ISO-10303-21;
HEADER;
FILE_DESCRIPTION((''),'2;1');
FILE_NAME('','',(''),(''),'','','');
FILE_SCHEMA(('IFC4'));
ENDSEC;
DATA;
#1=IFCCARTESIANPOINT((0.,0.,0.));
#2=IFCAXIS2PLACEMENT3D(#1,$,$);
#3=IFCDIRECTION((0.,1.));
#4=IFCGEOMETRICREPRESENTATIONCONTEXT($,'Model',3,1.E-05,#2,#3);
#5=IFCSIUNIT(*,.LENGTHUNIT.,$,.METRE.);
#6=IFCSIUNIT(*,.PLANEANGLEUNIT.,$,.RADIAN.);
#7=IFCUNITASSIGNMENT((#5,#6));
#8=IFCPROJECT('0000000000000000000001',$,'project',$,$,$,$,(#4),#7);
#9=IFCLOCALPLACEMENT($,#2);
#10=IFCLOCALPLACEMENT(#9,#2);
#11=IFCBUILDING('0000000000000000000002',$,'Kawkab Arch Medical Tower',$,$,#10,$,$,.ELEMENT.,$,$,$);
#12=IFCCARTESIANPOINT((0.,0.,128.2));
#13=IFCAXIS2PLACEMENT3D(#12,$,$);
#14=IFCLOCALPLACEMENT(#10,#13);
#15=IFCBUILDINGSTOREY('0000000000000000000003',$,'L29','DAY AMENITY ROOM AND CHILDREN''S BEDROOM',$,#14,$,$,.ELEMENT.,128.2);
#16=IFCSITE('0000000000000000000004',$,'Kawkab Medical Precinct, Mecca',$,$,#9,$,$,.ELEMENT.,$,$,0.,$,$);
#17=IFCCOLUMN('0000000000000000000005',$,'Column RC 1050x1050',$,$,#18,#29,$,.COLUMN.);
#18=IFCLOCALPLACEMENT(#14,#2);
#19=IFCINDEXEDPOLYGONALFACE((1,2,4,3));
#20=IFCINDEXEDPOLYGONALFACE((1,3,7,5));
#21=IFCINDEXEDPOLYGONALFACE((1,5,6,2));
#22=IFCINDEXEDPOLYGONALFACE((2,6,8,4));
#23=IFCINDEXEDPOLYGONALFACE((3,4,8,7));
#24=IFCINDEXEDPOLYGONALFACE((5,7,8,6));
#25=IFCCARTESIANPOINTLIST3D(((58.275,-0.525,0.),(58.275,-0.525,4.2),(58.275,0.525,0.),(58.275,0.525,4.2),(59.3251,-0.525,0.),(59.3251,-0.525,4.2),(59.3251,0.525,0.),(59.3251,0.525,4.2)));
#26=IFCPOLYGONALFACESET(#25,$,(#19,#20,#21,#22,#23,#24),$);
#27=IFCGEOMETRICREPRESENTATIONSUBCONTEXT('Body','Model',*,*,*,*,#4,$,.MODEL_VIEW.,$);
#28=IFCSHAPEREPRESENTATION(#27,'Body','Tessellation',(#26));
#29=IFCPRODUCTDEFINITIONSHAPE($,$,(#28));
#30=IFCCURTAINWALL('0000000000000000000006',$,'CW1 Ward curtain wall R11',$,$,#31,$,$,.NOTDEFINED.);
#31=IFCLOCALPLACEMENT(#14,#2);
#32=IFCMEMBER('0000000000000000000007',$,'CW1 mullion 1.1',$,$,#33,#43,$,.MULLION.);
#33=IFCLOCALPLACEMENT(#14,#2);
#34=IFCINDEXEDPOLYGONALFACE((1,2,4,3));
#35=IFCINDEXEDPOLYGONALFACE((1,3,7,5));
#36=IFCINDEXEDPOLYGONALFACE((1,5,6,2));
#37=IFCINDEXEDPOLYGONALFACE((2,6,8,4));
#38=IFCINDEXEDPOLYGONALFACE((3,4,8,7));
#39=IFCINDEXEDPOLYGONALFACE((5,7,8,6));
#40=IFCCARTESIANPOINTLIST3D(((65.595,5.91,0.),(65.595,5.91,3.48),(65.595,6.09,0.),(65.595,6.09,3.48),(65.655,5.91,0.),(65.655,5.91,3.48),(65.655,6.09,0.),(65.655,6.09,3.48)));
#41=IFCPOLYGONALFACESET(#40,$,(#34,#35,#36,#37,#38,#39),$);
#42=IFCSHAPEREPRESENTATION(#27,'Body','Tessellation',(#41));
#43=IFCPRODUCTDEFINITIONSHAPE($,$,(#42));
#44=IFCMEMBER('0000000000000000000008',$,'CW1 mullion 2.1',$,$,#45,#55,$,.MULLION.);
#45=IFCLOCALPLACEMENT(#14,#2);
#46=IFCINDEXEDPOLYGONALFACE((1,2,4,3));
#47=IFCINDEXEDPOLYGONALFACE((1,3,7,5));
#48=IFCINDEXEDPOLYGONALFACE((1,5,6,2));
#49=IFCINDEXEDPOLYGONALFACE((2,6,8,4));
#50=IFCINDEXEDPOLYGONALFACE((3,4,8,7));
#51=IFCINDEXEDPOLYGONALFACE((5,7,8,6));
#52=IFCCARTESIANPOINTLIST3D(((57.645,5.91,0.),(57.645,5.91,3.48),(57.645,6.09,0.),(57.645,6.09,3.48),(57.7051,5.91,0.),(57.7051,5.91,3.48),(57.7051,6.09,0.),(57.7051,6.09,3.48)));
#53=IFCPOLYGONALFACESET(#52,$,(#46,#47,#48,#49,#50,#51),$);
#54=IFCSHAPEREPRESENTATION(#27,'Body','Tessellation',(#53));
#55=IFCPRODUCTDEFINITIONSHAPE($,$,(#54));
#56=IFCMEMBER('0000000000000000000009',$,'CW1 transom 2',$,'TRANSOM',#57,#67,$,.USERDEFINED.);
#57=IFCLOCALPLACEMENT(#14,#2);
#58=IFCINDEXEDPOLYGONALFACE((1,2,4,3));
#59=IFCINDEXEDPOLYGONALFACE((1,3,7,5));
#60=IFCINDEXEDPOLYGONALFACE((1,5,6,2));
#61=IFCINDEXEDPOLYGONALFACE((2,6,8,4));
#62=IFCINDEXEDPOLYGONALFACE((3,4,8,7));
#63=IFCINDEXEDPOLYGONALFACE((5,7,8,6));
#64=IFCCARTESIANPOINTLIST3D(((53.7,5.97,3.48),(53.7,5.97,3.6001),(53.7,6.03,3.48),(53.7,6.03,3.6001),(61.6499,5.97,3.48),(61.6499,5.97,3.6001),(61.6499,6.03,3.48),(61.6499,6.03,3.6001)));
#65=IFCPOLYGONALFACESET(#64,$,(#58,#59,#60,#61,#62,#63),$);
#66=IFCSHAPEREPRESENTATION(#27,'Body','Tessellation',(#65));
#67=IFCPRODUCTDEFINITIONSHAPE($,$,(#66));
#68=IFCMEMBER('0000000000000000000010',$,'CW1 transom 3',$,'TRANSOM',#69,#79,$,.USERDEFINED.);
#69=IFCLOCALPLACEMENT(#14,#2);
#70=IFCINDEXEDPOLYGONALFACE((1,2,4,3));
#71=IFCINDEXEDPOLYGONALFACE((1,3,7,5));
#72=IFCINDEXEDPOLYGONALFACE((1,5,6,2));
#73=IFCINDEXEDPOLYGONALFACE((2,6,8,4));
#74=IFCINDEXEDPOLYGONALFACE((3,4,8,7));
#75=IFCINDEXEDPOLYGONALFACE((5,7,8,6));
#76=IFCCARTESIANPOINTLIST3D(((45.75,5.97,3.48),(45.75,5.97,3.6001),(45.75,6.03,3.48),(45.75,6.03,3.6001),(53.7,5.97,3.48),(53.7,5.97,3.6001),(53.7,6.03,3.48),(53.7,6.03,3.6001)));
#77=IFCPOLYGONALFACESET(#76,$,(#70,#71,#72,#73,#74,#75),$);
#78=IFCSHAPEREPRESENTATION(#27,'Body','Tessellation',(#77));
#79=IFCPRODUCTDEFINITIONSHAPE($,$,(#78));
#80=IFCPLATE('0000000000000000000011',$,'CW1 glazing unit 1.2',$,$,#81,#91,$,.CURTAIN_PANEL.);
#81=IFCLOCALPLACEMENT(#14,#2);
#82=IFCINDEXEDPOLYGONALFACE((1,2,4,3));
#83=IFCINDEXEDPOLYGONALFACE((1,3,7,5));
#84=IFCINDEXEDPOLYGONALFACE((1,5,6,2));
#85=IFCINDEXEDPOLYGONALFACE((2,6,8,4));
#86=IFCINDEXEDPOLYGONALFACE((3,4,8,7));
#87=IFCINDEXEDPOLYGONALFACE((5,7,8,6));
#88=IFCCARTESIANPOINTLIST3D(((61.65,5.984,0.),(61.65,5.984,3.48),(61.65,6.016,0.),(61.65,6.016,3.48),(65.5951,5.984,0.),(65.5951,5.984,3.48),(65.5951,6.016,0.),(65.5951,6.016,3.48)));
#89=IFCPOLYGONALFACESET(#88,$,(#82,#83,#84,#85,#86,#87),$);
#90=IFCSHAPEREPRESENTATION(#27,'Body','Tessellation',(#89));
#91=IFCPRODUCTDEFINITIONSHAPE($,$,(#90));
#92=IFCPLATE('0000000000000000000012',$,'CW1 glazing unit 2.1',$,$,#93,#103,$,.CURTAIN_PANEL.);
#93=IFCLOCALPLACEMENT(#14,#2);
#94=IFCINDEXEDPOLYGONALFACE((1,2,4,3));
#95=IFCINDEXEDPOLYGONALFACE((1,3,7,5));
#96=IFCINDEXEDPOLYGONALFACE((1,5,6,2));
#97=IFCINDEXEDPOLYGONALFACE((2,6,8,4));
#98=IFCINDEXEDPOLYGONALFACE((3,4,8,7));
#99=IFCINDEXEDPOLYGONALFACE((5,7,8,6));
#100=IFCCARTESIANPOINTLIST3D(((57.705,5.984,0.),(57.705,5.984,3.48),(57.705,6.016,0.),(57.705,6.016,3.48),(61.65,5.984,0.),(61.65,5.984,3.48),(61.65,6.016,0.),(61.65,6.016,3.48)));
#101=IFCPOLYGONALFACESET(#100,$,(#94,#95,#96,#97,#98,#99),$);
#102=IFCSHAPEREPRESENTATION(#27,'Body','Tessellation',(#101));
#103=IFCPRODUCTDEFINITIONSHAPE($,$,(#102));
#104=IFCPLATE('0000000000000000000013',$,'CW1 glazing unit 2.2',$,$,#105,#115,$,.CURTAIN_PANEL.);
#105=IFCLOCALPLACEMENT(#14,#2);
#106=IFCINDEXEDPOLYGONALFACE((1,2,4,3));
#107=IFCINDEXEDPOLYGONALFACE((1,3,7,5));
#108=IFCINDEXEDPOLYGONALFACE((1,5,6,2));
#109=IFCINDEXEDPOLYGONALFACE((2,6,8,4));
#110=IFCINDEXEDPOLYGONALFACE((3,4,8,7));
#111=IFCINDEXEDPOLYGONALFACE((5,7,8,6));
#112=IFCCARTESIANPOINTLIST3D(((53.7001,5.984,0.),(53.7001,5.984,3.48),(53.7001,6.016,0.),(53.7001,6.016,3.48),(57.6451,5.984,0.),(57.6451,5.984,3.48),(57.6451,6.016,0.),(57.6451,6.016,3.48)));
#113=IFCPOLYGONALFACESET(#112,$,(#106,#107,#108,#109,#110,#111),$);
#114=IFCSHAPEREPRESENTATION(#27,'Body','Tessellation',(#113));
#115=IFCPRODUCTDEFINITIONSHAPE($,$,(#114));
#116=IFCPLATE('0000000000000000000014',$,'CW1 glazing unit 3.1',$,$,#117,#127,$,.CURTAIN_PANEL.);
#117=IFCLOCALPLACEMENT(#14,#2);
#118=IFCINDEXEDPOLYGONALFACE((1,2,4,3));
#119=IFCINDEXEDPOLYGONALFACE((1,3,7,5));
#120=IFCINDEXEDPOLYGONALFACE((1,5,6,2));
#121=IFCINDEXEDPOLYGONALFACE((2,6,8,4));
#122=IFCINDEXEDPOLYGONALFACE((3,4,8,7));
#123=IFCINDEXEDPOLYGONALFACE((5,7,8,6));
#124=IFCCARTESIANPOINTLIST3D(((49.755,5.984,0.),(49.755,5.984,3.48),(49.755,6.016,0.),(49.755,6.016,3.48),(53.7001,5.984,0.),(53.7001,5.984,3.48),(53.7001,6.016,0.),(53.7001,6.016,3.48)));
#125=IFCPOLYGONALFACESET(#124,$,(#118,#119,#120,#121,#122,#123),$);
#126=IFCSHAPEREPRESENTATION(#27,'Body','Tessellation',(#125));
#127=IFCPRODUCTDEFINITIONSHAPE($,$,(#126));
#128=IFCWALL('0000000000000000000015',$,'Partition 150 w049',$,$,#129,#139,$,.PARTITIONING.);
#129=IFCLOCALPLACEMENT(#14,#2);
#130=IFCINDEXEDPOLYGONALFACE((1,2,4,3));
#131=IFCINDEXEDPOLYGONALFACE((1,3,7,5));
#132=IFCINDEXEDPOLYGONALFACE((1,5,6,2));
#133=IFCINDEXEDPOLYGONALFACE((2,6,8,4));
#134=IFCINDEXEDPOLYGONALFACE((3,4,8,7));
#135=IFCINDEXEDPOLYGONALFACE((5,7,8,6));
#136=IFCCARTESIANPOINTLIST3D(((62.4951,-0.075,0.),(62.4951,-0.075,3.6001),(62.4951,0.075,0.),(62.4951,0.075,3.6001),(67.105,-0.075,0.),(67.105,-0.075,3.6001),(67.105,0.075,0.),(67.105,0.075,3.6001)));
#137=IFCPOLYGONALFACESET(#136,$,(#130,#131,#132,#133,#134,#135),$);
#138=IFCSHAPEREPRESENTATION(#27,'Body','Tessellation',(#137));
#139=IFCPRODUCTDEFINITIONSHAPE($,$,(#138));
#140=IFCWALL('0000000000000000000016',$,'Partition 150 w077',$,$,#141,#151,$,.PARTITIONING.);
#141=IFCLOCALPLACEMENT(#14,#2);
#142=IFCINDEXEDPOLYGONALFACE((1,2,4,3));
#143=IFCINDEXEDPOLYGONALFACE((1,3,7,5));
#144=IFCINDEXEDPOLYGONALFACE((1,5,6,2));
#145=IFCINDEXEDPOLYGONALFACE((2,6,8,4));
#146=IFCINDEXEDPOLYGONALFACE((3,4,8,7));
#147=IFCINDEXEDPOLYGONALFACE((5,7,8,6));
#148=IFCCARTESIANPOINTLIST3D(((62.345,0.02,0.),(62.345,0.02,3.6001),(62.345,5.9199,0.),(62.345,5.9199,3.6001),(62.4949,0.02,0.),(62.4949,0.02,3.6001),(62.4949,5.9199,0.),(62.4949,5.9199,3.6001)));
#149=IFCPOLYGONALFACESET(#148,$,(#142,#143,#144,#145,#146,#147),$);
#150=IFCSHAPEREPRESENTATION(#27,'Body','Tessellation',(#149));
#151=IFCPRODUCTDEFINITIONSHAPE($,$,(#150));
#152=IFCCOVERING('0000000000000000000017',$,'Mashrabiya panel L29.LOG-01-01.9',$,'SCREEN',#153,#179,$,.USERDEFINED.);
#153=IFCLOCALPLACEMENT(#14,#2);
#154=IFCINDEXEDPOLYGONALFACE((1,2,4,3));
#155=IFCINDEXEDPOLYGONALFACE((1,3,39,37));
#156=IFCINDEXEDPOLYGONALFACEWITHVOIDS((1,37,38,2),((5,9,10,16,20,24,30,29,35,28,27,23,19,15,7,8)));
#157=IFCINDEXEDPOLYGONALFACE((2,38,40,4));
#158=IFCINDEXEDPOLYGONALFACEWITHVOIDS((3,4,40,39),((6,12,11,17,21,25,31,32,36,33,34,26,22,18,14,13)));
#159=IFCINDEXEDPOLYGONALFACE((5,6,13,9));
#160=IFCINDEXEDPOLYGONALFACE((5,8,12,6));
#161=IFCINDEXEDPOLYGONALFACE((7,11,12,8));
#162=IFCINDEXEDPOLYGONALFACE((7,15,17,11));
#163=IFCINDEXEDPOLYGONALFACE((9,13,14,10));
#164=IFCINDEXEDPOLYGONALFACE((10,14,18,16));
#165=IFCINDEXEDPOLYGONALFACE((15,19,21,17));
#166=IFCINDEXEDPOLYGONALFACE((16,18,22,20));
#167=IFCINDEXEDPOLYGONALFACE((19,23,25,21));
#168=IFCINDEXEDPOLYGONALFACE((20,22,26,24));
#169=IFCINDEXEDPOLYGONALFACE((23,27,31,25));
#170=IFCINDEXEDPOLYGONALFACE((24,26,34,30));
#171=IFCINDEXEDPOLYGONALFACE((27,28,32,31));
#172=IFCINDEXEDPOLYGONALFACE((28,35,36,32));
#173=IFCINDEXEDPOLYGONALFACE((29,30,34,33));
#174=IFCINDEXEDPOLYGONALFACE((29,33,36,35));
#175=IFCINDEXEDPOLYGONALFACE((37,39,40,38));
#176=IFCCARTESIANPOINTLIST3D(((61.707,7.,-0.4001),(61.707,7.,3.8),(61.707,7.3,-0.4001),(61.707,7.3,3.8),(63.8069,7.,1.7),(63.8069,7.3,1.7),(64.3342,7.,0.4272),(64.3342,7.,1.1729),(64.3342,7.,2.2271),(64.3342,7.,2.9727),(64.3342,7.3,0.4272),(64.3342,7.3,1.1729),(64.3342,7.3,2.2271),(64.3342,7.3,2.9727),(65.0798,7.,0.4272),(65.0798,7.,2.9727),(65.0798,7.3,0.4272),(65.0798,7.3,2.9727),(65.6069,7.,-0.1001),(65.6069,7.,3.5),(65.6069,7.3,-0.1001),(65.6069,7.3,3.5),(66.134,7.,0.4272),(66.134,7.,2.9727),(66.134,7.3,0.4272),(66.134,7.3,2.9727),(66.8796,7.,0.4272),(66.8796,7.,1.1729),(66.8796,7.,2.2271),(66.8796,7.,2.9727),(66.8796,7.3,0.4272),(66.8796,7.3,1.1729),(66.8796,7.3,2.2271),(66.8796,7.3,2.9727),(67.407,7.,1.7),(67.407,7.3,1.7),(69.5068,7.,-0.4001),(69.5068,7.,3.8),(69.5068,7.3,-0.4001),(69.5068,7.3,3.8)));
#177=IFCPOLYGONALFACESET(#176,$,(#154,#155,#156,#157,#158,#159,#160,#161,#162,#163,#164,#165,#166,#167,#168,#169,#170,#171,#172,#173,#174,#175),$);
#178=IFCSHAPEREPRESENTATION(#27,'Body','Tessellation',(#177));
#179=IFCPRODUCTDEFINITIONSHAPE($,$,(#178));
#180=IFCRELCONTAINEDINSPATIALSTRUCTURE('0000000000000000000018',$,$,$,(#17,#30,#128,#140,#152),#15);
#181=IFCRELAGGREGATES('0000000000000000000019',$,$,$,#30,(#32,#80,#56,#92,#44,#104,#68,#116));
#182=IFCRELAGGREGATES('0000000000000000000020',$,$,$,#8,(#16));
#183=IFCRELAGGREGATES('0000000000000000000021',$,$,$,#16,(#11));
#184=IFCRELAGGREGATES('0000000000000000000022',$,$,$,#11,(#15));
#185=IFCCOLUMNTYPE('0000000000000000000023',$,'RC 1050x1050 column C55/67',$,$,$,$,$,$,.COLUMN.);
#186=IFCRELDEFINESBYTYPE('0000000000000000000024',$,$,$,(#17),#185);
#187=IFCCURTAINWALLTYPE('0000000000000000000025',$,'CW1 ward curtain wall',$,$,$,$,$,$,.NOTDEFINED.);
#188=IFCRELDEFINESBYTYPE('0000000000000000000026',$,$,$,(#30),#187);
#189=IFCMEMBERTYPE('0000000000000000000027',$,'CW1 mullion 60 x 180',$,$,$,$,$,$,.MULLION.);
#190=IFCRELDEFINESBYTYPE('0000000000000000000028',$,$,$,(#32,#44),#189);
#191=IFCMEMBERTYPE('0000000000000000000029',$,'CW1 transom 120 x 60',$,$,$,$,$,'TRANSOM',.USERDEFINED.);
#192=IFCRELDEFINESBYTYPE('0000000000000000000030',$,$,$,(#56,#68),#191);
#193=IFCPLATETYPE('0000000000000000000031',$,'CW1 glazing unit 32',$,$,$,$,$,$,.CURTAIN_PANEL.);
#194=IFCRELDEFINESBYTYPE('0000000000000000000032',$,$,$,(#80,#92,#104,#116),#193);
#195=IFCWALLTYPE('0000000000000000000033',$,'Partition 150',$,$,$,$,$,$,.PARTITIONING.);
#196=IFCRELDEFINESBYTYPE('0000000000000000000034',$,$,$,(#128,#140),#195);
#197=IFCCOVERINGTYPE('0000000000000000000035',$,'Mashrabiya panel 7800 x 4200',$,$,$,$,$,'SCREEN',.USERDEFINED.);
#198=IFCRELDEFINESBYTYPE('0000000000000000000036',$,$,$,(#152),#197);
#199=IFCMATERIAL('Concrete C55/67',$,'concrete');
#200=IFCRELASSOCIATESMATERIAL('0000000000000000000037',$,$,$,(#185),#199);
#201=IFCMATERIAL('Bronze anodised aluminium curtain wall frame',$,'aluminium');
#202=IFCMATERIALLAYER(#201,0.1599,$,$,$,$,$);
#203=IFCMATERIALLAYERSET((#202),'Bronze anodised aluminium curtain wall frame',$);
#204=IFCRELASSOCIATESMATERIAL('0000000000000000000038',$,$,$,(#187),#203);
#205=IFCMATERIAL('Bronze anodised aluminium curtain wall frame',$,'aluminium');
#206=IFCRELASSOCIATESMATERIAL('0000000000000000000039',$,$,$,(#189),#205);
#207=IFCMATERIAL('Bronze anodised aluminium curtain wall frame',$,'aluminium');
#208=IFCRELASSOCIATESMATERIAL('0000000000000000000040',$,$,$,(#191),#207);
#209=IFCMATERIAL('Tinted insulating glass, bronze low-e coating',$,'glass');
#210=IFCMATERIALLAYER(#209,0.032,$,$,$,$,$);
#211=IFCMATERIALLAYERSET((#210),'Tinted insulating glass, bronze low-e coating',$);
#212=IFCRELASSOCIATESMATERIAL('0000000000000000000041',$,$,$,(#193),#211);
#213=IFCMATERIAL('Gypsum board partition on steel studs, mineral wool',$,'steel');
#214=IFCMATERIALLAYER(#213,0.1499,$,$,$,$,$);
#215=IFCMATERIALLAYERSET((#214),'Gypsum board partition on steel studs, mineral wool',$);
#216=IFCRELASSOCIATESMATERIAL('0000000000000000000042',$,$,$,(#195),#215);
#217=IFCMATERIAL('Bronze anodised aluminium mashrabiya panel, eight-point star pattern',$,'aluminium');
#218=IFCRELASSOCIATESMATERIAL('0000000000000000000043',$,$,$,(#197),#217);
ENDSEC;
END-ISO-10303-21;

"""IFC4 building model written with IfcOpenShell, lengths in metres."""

from ifc_helpers import new_model, si_unit, direction, frame, frame_2d, origin, origin_2d, place, context, subcontext, project, spatial, polyline, rectangle, outline, extrude, material, layer, layer_set, material_profile, profile_set, type_object, element, aggregate, save


model = new_model("IFC4")

# Units and contexts
model_context = context("Model", 3, precision=1e-05, world=origin(), true_north=direction((0.0, 1.0)))
body_context = subcontext(model_context, "Body", "Model", "MODEL_VIEW")
ifc_project = project(units=[si_unit("LENGTHUNIT", "METRE"), si_unit("PLANEANGLEUNIT", "RADIAN")], contexts=[model_context])

# Site, building, storey
site_placement = place(None, origin())
site = spatial("IfcSite", under=ifc_project, at=site_placement, Name="Kawkab Medical Precinct, Mecca", CompositionType="ELEMENT", RefElevation=0.0)
building_placement = place(site_placement, origin())
building = spatial("IfcBuilding", under=site, at=building_placement, Name="Kawkab Arch Medical Tower", CompositionType="ELEMENT")
storey_placement = place(building_placement, frame((0.0, 0.0, 128.2)))
storey = spatial("IfcBuildingStorey", under=building, at=storey_placement, Name="L29", Description="DAY AMENITY ROOM AND CHILDREN'S BEDROOM", CompositionType="ELEMENT", Elevation=128.2)

# Column
ifc_material_1 = material(Name="Concrete C55/67", Category="concrete")
ifc_material_profile_1 = material_profile(ifc_material_1, rectangle(XDim=1.05, YDim=1.05, at=origin_2d()), Name="RC 1050x1050")
ifc_profile_set_1 = profile_set([ifc_material_profile_1], Name="Concrete C55/67")
column_type = type_object("IfcColumnType", Name="RC 1050x1050 column C55/67", PredefinedType="COLUMN", material=ifc_profile_set_1)
column_placement = place(storey_placement, frame((58.8, 0.0, 0.0), z_axis=(0.0, 0.0, 1.0), x_axis=(1.0, 0.0, 0.0)))
element("IfcColumn", 1, at=column_placement, inside=storey, type_object=column_type, Name="Column RC 1050x1050", PredefinedType="COLUMN", context=body_context, shape_type="SweptSolid", body=[
    extrude(rectangle(XDim=1.05, YDim=1.05, at=origin_2d()), origin(), (0.0, 0.0, 1.0), 4.2),
])

# Curtain wall, members, plates
ifc_material_2 = material(Name="Bronze anodised aluminium curtain wall frame", Category="aluminium")
ifc_layer_1 = layer(ifc_material_2, 0.1599)
ifc_layer_set_1 = layer_set([ifc_layer_1], Name="Bronze anodised aluminium curtain wall frame")
curtain_wall_type = type_object("IfcCurtainWallType", Name="CW1 ward curtain wall", PredefinedType="NOTDEFINED", material=ifc_layer_set_1)
curtain_wall_placement = place(storey_placement, origin())
curtain_wall = element("IfcCurtainWall", 2, at=curtain_wall_placement, inside=storey, type_object=curtain_wall_type, Name="CW1 Ward curtain wall R11", PredefinedType="NOTDEFINED")
ifc_material_3 = material(Name="Bronze anodised aluminium curtain wall frame", Category="aluminium")
ifc_material_profile_2 = material_profile(ifc_material_3, rectangle(XDim=0.1799, YDim=0.0601, at=origin_2d()), Name="AL 60x180")
ifc_profile_set_2 = profile_set([ifc_material_profile_2], Name="Bronze anodised aluminium curtain wall frame")
member_type_1 = type_object("IfcMemberType", Name="CW1 mullion 60 x 180", PredefinedType="MULLION", material=ifc_profile_set_2)
member_1_placement = place(storey_placement, frame((65.625, 6.0, 0.0), z_axis=(0.0, 0.0, 1.0), x_axis=(0.0, -1.0, 0.0)))
member_1 = element("IfcMember", 3, at=member_1_placement, type_object=member_type_1, Name="CW1 mullion 1.1", PredefinedType="MULLION", context=body_context, shape_type="SweptSolid", body=[
    extrude(rectangle(XDim=0.1799, YDim=0.0601, at=origin_2d()), origin(), (0.0, 0.0, 1.0), 3.48),
])
member_2_placement = place(storey_placement, frame((57.675, 6.0, 0.0), z_axis=(0.0, 0.0, 1.0), x_axis=(0.0, -1.0, 0.0)))
member_2 = element("IfcMember", 4, at=member_2_placement, type_object=member_type_1, Name="CW1 mullion 2.1", PredefinedType="MULLION", context=body_context, shape_type="SweptSolid", body=[
    extrude(rectangle(XDim=0.1799, YDim=0.0601, at=origin_2d()), origin(), (0.0, 0.0, 1.0), 3.48),
])
ifc_material_4 = material(Name="Bronze anodised aluminium curtain wall frame", Category="aluminium")
ifc_material_profile_3 = material_profile(ifc_material_4, rectangle(XDim=0.0601, YDim=0.1201, at=origin_2d()), Name="AL 60x120")
ifc_profile_set_3 = profile_set([ifc_material_profile_3], Name="Bronze anodised aluminium curtain wall frame")
member_type_2 = type_object("IfcMemberType", Name="CW1 transom 120 x 60", ElementType="TRANSOM", PredefinedType="USERDEFINED", material=ifc_profile_set_3)
member_3_placement = place(storey_placement, frame((61.6499, 6.0, 3.54), z_axis=(-1.0, 0.0, 0.0), x_axis=(0.0, -1.0, 0.0)))
member_3 = element("IfcMember", 5, at=member_3_placement, type_object=member_type_2, Name="CW1 transom 2", ObjectType="TRANSOM", PredefinedType="USERDEFINED", context=body_context, shape_type="SweptSolid", body=[
    extrude(rectangle(XDim=0.0601, YDim=0.1201, at=origin_2d()), origin(), (0.0, 0.0, 1.0), 7.95),
])
member_4_placement = place(storey_placement, frame((53.7, 6.0, 3.54), z_axis=(-1.0, 0.0, 0.0), x_axis=(0.0, -1.0, 0.0)))
member_4 = element("IfcMember", 6, at=member_4_placement, type_object=member_type_2, Name="CW1 transom 3", ObjectType="TRANSOM", PredefinedType="USERDEFINED", context=body_context, shape_type="SweptSolid", body=[
    extrude(rectangle(XDim=0.0601, YDim=0.1201, at=origin_2d()), origin(), (0.0, 0.0, 1.0), 7.95),
])
ifc_material_5 = material(Name="Tinted insulating glass, bronze low-e coating", Category="glass")
ifc_layer_2 = layer(ifc_material_5, 0.032)
ifc_layer_set_2 = layer_set([ifc_layer_2], Name="Tinted insulating glass, bronze low-e coating")
plate_type = type_object("IfcPlateType", Name="CW1 glazing unit 32", PredefinedType="CURTAIN_PANEL", material=ifc_layer_set_2)
plate_1_placement = place(storey_placement, frame((63.6226, 6.0, 0.0), z_axis=(0.0, 0.0, 1.0), x_axis=(-1.0, 0.0, 0.0)))
plate_1 = element("IfcPlate", 7, at=plate_1_placement, type_object=plate_type, Name="CW1 glazing unit 1.2", PredefinedType="CURTAIN_PANEL", context=body_context, shape_type="SweptSolid", body=[
    extrude(rectangle(XDim=3.9451, YDim=0.032, at=origin_2d()), origin(), (0.0, 0.0, 1.0), 3.48),
])
plate_2_placement = place(storey_placement, frame((59.6775, 6.0, 0.0), z_axis=(0.0, 0.0, 1.0), x_axis=(-1.0, 0.0, 0.0)))
plate_2 = element("IfcPlate", 8, at=plate_2_placement, type_object=plate_type, Name="CW1 glazing unit 2.1", PredefinedType="CURTAIN_PANEL", context=body_context, shape_type="SweptSolid", body=[
    extrude(rectangle(XDim=3.9451, YDim=0.032, at=origin_2d()), origin(), (0.0, 0.0, 1.0), 3.48),
])
plate_3_placement = place(storey_placement, frame((55.6726, 6.0, 0.0), z_axis=(0.0, 0.0, 1.0), x_axis=(-1.0, 0.0, 0.0)))
plate_3 = element("IfcPlate", 9, at=plate_3_placement, type_object=plate_type, Name="CW1 glazing unit 2.2", PredefinedType="CURTAIN_PANEL", context=body_context, shape_type="SweptSolid", body=[
    extrude(rectangle(XDim=3.9451, YDim=0.032, at=origin_2d()), origin(), (0.0, 0.0, 1.0), 3.48),
])
plate_4_placement = place(storey_placement, frame((51.7275, 6.0, 0.0), z_axis=(0.0, 0.0, 1.0), x_axis=(-1.0, 0.0, 0.0)))
plate_4 = element("IfcPlate", 10, at=plate_4_placement, type_object=plate_type, Name="CW1 glazing unit 3.1", PredefinedType="CURTAIN_PANEL", context=body_context, shape_type="SweptSolid", body=[
    extrude(rectangle(XDim=3.9451, YDim=0.032, at=origin_2d()), origin(), (0.0, 0.0, 1.0), 3.48),
])
aggregate(curtain_wall, [member_1, plate_1, member_3, plate_2, member_2, plate_3, member_4, plate_4])

# Walls
ifc_material_6 = material(Name="Gypsum board partition on steel studs, mineral wool", Category="steel")
ifc_layer_3 = layer(ifc_material_6, 0.1499)
ifc_layer_set_3 = layer_set([ifc_layer_3], Name="Gypsum board partition on steel studs, mineral wool")
wall_type = type_object("IfcWallType", Name="Partition 150", PredefinedType="PARTITIONING", material=ifc_layer_set_3)
wall_1_placement = place(storey_placement, frame((62.4951, 0.0, 0.0), z_axis=(0.0, 0.0, 1.0), x_axis=(1.0, 0.0, 0.0)))
element("IfcWall", 11, at=wall_1_placement, inside=storey, type_object=wall_type, Name="Partition 150 w049", PredefinedType="PARTITIONING", context=body_context, shape_type="SweptSolid", body=[
    extrude(rectangle(XDim=4.6099, YDim=0.1499, at=frame_2d((2.3049, 0.0))), origin(), (0.0, 0.0, 1.0), 3.6001),
])
wall_2_placement = place(storey_placement, frame((62.4199, 0.02, 0.0), z_axis=(0.0, 0.0, 1.0), x_axis=(0.0, 1.0, 0.0)))
element("IfcWall", 12, at=wall_2_placement, inside=storey, type_object=wall_type, Name="Partition 150 w077", PredefinedType="PARTITIONING", context=body_context, shape_type="SweptSolid", body=[
    extrude(rectangle(XDim=5.8999, YDim=0.1499, at=frame_2d((2.95, 0.0))), origin(), (0.0, 0.0, 1.0), 3.6001),
])

# Covering
ifc_material_7 = material(Name="Bronze anodised aluminium mashrabiya panel, eight-point star pattern", Category="aluminium")
ifc_material_profile_4 = material_profile(ifc_material_7, outline(polyline([(-3.8999, -2.1001), (3.8999, -2.1001), (3.8999, 2.1001), (-3.8999, 2.1001), (-3.8999, -2.1001)]), holes=[polyline([(1.8, 0.0), (1.2727, 0.5271), (1.2727, 1.2727), (0.5271, 1.2727), (0.0, 1.8), (-0.5271, 1.2727), (-1.2727, 1.2727), (-1.2727, 0.5271), (-1.8, 0.0), (-1.2727, -0.5271), (-1.2727, -1.2727), (-0.5271, -1.2727), (0.0, -1.8), (0.5271, -1.2727), (1.2727, -1.2727), (1.2727, -0.5271), (1.8, 0.0)])]), Name="Mashrabiya panel 7800x4200")
ifc_profile_set_4 = profile_set([ifc_material_profile_4], Name="Bronze anodised aluminium mashrabiya panel, eight-point star pattern")
covering_type_1 = type_object("IfcCoveringType", Name="Mashrabiya panel 7800 x 4200", ElementType="SCREEN", PredefinedType="USERDEFINED", material=ifc_profile_set_4)
covering_1_placement = place(storey_placement, frame((65.6069, 7.0, 1.7), z_axis=(0.0, 1.0, 0.0), x_axis=(-1.0, 0.0, 0.0)))
element("IfcCovering", 13, at=covering_1_placement, inside=storey, type_object=covering_type_1, Name="Mashrabiya panel L29.LOG-01-01.9", ObjectType="SCREEN", PredefinedType="USERDEFINED", context=body_context, shape_type="SweptSolid", body=[
    extrude(outline(polyline([(-3.8999, -2.1001), (3.8999, -2.1001), (3.8999, 2.1001), (-3.8999, 2.1001), (-3.8999, -2.1001)]), holes=[polyline([(1.8, 0.0), (1.2727, 0.5271), (1.2727, 1.2727), (0.5271, 1.2727), (0.0, 1.8), (-0.5271, 1.2727), (-1.2727, 1.2727), (-1.2727, 0.5271), (-1.8, 0.0), (-1.2727, -0.5271), (-1.2727, -1.2727), (-0.5271, -1.2727), (0.0, -1.8), (0.5271, -1.2727), (1.2727, -1.2727), (1.2727, -0.5271), (1.8, 0.0)])]), origin(), (0.0, 0.0, 1.0), 0.3),
])

save(model, "model.ifc")
